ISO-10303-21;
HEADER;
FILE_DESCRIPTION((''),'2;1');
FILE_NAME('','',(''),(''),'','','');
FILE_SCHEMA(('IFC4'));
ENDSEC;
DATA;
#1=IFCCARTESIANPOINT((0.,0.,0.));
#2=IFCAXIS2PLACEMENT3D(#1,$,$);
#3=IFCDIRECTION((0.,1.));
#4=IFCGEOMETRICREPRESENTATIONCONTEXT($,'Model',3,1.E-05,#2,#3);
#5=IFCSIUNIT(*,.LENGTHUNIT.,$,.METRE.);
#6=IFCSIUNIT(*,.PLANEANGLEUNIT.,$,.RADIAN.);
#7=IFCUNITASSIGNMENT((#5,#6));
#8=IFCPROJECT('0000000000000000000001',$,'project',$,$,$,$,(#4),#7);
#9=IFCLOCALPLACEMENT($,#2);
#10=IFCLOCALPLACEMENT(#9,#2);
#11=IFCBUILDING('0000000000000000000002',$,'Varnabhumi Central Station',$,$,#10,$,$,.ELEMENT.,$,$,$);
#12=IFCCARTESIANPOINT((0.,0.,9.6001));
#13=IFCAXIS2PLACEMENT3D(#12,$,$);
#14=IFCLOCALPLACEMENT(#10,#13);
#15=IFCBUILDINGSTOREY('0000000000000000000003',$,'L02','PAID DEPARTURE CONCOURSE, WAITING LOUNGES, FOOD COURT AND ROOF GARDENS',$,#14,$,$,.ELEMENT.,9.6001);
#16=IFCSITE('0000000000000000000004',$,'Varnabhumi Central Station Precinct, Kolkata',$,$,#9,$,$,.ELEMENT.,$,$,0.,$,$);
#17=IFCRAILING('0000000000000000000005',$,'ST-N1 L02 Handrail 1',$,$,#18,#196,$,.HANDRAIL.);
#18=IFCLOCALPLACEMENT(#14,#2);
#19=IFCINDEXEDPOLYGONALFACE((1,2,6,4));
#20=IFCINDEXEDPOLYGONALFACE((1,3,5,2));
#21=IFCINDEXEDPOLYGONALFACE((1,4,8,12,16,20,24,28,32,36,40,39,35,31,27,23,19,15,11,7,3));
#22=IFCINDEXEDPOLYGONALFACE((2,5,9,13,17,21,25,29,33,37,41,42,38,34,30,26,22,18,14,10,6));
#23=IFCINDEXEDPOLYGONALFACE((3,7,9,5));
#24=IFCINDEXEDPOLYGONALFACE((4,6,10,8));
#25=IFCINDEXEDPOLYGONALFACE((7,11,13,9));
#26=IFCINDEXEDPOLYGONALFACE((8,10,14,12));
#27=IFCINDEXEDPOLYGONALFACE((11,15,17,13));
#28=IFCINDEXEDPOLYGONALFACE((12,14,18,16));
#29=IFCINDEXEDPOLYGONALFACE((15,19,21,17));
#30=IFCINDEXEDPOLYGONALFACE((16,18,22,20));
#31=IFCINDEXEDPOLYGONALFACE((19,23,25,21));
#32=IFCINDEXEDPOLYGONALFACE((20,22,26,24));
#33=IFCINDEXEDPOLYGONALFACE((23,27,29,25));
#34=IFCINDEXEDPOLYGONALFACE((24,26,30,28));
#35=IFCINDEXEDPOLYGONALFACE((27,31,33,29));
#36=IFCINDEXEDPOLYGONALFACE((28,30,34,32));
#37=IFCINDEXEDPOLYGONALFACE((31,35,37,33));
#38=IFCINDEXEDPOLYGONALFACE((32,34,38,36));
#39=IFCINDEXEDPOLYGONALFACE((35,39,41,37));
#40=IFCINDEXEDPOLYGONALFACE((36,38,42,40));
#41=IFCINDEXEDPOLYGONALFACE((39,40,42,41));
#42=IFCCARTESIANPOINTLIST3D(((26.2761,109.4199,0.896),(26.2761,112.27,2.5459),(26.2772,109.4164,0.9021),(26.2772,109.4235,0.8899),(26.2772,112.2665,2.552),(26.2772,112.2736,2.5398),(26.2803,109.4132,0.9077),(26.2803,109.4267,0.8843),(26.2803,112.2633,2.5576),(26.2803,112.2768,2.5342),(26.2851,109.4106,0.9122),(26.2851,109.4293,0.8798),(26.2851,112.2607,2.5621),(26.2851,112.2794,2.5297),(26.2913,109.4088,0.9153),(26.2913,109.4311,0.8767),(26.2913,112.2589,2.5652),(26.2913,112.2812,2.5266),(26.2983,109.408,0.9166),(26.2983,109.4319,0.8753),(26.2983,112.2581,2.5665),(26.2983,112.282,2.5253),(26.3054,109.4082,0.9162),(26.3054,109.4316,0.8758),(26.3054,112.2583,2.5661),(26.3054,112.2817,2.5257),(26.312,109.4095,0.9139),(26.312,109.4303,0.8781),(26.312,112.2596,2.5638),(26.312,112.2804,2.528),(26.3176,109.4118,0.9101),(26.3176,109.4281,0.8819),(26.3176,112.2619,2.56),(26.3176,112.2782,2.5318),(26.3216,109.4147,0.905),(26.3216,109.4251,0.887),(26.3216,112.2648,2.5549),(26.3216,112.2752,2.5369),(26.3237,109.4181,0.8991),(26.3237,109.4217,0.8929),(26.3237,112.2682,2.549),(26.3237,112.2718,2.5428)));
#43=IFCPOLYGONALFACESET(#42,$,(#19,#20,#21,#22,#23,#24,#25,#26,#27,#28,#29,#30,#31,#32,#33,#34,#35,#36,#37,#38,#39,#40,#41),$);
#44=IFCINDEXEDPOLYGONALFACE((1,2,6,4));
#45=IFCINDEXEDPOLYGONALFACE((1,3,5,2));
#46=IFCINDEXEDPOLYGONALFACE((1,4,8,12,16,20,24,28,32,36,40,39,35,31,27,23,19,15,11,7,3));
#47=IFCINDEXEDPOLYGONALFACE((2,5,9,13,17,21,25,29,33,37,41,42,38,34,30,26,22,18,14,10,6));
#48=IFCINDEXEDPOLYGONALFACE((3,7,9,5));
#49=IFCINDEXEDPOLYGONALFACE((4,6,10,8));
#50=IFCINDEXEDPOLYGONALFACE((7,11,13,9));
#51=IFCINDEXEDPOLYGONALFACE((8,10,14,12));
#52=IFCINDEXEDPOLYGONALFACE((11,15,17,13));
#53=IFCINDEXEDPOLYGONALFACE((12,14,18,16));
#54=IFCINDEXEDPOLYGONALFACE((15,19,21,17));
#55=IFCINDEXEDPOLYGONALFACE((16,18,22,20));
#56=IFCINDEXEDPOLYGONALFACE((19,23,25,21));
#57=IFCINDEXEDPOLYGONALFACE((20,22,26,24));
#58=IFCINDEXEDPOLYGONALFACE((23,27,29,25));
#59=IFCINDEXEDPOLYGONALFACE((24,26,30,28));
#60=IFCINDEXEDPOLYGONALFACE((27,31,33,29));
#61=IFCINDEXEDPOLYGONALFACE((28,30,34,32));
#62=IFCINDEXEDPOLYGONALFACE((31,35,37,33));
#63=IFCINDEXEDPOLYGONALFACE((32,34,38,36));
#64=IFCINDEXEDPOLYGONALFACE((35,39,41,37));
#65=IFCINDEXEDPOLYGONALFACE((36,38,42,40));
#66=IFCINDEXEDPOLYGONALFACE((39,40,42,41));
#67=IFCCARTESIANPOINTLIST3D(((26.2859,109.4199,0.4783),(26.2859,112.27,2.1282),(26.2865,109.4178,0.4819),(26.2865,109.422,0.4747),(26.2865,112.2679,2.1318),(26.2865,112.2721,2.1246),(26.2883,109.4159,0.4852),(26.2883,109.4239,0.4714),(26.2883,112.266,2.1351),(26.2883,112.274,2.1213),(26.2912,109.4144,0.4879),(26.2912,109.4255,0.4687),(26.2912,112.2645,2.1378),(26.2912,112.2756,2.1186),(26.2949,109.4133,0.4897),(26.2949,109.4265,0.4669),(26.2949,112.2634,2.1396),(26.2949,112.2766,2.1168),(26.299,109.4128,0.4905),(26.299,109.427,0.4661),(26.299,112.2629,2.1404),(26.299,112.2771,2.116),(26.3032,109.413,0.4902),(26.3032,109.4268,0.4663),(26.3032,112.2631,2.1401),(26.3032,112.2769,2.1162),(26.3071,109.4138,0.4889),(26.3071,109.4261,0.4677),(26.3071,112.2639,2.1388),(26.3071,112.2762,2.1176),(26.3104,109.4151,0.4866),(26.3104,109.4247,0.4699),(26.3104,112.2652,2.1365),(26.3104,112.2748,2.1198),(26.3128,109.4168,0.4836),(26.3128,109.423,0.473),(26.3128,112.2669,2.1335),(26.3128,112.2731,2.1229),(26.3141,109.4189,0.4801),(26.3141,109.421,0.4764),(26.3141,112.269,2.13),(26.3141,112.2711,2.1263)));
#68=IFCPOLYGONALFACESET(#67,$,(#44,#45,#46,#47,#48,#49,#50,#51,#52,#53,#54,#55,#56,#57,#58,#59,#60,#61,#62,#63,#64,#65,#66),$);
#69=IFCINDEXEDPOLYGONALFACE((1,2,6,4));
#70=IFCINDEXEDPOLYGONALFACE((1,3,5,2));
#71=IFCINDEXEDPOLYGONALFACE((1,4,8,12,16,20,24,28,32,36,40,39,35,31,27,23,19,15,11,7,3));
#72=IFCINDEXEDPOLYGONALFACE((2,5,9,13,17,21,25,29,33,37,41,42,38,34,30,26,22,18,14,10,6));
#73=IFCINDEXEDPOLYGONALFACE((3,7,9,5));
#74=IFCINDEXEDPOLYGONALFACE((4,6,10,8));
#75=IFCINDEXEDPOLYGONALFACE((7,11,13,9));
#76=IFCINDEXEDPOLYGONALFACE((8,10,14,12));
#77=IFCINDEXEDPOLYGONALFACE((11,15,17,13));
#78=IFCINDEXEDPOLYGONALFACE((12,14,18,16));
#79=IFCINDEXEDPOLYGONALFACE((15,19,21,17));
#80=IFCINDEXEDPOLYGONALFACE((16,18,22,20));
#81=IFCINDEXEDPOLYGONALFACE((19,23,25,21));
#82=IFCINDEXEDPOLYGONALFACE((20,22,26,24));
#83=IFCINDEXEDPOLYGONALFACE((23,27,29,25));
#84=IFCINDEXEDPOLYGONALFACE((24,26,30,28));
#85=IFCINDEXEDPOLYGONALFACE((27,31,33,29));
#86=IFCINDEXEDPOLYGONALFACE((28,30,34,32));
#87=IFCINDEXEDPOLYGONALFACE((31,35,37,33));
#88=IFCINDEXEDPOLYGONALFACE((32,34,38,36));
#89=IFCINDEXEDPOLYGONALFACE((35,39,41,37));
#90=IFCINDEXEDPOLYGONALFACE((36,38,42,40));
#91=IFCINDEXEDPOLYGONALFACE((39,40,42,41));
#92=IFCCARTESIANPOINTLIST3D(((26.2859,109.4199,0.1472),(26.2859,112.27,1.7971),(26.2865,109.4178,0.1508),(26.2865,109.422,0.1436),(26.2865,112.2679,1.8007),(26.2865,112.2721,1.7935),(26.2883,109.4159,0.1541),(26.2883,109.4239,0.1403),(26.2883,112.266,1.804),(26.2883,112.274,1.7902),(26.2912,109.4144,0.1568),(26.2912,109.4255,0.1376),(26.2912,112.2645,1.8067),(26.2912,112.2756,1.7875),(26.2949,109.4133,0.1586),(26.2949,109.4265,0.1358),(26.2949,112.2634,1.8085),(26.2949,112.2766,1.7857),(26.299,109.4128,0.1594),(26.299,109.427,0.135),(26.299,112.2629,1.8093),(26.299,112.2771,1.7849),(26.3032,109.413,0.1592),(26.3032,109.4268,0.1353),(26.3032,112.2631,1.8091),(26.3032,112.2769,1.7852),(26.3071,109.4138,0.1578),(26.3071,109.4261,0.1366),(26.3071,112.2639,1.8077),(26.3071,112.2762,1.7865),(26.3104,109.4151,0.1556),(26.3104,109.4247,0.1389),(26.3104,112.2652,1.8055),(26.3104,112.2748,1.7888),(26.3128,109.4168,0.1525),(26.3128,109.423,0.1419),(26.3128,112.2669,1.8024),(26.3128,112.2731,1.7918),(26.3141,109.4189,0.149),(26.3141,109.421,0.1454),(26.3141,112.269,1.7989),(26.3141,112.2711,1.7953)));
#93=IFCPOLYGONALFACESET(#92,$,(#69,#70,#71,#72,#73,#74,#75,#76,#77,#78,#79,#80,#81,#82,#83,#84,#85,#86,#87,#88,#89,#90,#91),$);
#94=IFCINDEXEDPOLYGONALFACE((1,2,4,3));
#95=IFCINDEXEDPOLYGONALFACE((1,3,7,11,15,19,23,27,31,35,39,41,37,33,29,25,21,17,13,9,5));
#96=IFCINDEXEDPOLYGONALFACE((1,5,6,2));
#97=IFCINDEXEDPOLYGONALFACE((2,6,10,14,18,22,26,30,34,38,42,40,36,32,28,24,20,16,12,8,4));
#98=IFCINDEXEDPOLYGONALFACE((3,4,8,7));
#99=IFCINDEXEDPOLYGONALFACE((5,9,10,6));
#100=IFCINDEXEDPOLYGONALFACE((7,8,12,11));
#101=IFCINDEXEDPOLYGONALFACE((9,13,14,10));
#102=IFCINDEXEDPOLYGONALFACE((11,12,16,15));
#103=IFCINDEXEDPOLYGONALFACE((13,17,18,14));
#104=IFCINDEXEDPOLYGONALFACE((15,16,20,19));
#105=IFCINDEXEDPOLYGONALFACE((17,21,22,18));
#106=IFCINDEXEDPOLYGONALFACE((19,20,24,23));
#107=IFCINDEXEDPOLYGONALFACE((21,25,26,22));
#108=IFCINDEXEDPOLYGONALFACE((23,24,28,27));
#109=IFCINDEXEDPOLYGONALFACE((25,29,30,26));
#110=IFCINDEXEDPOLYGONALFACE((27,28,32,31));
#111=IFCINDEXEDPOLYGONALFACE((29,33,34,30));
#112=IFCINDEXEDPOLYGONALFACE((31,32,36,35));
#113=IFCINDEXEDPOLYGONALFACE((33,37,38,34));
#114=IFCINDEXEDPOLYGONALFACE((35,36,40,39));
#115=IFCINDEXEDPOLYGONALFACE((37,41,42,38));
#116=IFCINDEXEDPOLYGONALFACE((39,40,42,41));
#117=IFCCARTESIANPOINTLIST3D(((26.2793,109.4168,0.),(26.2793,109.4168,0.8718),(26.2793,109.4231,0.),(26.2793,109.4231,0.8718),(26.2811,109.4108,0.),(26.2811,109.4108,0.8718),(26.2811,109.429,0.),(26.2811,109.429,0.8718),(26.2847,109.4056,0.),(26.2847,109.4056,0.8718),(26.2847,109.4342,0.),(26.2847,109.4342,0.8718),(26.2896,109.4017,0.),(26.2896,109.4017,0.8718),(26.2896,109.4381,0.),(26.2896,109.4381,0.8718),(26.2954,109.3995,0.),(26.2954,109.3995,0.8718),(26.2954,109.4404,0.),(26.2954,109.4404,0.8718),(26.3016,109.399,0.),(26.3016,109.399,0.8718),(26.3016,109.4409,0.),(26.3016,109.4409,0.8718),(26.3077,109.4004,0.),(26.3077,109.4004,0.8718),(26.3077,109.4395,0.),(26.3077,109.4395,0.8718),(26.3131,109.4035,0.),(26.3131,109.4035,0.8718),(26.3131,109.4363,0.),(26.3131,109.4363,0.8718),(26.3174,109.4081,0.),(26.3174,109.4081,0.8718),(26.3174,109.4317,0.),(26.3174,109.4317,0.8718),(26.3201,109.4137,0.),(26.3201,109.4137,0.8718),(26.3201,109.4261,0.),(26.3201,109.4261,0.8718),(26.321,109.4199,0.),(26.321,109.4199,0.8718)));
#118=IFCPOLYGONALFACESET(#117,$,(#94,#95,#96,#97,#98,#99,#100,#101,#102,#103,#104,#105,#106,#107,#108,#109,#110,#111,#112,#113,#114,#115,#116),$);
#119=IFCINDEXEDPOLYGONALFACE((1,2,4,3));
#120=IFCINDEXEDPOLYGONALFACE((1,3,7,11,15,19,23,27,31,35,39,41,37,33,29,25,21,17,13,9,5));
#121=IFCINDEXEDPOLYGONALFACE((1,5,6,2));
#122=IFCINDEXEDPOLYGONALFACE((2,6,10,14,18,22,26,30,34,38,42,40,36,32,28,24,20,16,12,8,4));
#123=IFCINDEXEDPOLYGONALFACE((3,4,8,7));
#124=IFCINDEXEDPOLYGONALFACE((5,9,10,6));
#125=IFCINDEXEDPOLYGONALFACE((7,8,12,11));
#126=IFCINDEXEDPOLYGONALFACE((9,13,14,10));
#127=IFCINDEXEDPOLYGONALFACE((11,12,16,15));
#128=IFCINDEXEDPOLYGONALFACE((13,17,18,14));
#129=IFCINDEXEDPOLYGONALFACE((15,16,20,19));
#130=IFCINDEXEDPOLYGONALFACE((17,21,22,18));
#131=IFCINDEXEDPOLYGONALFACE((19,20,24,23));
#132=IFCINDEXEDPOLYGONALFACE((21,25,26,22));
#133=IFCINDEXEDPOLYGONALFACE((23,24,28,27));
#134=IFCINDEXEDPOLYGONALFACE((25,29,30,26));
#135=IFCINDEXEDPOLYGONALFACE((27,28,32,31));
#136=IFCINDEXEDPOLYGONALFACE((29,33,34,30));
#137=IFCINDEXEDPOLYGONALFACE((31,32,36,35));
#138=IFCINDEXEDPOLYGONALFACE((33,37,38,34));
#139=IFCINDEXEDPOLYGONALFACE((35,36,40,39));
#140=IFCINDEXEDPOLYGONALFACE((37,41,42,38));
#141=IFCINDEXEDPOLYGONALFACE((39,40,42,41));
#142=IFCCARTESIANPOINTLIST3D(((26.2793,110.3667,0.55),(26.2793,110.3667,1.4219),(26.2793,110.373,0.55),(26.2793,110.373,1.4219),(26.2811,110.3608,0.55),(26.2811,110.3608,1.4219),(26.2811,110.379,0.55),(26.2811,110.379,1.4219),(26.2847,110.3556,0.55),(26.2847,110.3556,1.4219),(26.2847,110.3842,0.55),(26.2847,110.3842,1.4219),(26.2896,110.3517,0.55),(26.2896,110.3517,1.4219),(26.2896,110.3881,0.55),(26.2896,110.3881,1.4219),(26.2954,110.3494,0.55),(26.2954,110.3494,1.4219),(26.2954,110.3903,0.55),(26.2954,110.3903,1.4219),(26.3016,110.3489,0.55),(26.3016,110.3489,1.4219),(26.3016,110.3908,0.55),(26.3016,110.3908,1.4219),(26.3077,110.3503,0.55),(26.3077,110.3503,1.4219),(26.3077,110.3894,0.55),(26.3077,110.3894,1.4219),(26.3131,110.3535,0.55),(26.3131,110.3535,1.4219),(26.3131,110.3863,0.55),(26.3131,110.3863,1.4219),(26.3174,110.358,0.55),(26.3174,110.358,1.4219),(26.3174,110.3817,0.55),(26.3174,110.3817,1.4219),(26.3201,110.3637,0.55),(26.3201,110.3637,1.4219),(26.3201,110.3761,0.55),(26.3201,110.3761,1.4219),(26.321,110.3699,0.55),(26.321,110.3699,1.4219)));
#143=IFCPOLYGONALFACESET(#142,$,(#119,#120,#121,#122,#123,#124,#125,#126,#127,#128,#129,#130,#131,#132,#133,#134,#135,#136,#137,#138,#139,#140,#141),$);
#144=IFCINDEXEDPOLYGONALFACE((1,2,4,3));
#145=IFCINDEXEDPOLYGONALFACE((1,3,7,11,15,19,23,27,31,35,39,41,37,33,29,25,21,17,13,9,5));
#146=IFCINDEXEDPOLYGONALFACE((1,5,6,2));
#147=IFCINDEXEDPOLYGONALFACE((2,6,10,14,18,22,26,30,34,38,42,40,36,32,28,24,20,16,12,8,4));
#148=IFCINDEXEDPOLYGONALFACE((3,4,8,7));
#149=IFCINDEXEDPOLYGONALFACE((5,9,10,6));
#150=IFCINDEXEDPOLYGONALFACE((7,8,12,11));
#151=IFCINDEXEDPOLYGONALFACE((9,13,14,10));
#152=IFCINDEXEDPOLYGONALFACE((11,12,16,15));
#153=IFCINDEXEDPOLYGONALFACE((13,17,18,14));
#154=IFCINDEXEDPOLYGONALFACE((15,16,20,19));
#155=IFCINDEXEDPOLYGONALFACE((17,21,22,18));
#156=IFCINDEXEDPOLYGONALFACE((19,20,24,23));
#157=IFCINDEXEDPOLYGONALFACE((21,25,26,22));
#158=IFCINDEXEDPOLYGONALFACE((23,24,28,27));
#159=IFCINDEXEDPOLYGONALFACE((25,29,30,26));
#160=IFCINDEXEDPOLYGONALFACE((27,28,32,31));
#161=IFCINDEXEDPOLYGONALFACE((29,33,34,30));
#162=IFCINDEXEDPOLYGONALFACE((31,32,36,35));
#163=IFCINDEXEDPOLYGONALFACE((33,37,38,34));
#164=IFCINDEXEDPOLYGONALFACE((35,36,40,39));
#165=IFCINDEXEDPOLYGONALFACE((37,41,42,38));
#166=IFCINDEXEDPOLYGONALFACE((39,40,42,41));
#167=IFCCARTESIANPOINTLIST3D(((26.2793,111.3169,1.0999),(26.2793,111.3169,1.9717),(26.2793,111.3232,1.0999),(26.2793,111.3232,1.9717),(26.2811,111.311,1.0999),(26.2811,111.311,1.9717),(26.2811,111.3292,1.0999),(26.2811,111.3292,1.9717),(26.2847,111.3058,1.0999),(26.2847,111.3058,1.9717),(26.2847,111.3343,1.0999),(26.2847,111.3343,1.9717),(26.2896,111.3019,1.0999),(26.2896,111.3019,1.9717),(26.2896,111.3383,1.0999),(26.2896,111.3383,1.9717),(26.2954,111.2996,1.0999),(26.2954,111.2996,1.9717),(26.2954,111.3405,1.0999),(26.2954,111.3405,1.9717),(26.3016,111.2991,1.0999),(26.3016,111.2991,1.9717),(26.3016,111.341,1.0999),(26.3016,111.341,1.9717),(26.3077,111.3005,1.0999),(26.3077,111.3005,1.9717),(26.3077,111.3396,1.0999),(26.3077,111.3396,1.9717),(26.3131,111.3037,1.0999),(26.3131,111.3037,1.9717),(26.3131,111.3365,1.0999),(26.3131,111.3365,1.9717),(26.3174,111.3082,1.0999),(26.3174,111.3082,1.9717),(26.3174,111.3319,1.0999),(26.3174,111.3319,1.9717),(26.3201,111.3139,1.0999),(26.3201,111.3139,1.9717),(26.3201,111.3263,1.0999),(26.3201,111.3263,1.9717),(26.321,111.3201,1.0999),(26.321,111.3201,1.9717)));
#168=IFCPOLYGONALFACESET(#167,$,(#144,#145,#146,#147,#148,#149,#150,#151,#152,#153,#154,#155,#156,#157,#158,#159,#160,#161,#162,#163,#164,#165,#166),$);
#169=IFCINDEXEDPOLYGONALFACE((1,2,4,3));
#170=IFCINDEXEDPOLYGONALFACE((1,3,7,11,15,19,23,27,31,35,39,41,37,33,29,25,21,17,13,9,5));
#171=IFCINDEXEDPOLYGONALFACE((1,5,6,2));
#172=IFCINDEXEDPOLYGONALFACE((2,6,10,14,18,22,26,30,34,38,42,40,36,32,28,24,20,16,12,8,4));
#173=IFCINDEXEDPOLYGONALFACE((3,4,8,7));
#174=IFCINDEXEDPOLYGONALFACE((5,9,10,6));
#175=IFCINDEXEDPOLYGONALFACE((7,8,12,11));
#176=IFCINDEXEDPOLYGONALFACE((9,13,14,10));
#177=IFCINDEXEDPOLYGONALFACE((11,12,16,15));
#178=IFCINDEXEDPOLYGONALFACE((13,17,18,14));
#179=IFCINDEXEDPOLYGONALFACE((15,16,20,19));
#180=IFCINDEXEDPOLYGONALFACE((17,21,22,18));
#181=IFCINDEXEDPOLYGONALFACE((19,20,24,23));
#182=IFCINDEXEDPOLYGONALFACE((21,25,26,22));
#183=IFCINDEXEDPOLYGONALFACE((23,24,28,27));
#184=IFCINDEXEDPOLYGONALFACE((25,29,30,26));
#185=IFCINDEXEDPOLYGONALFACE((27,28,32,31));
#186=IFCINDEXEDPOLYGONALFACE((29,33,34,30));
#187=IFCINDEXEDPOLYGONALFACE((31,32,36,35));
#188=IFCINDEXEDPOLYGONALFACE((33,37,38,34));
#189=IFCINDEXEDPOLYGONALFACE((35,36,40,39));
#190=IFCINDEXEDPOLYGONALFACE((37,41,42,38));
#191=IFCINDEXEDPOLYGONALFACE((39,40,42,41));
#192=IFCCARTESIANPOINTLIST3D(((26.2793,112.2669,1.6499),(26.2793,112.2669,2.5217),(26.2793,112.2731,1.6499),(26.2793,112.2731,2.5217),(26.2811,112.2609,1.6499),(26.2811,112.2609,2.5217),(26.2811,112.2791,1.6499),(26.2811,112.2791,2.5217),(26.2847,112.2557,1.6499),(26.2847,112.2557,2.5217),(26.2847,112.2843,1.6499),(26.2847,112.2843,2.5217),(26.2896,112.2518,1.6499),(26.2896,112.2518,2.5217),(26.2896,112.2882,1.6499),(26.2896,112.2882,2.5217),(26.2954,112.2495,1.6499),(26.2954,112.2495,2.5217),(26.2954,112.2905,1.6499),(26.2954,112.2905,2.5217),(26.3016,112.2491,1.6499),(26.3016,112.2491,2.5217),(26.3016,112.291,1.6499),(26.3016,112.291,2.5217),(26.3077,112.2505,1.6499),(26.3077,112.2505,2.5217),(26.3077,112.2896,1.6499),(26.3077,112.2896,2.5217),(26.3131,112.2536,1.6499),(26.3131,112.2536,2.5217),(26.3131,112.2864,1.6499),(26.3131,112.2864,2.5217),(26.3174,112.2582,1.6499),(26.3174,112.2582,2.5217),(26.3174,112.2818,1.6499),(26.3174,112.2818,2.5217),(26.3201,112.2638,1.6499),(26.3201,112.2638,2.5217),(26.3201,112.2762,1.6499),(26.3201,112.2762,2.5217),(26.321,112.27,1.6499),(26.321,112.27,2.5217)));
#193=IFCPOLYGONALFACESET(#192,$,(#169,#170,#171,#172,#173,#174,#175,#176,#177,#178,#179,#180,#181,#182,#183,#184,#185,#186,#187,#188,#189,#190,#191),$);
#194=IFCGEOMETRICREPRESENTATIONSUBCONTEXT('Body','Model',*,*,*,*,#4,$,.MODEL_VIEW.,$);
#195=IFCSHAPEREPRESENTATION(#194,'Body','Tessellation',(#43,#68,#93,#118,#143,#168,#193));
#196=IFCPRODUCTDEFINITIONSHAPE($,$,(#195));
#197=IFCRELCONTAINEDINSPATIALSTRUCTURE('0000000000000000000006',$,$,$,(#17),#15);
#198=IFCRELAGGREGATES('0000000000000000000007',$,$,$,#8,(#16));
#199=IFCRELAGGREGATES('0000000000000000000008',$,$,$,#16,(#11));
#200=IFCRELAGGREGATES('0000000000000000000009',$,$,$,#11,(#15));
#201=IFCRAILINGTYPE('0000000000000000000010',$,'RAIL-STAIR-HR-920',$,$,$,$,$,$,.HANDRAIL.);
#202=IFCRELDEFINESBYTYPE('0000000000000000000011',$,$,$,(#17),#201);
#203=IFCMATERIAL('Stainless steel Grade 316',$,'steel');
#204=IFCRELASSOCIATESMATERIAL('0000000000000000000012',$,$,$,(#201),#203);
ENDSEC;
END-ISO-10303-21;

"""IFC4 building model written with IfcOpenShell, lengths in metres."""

from ifc_helpers import new_model, si_unit, direction, frame, origin, origin_2d, place, context, subcontext, project, spatial, circle, extrude, material, type_object, element, save


model = new_model("IFC4")

# Units and contexts
model_context = context("Model", 3, precision=1e-05, world=origin(), true_north=direction((0.0, 1.0)))
body_context = subcontext(model_context, "Body", "Model", "MODEL_VIEW")
ifc_project = project(units=[si_unit("LENGTHUNIT", "METRE"), si_unit("PLANEANGLEUNIT", "RADIAN")], contexts=[model_context])

# Site, building, storey
site_placement = place(None, origin())
site = spatial("IfcSite", under=ifc_project, at=site_placement, Name="Varnabhumi Central Station Precinct, Kolkata", CompositionType="ELEMENT", RefElevation=0.0)
building_placement = place(site_placement, origin())
building = spatial("IfcBuilding", under=site, at=building_placement, Name="Varnabhumi Central Station", CompositionType="ELEMENT")
storey_placement = place(building_placement, frame((0.0, 0.0, 9.6001)))
storey = spatial("IfcBuildingStorey", under=building, at=storey_placement, Name="L02", Description="PAID DEPARTURE CONCOURSE, WAITING LOUNGES, FOOD COURT AND ROOF GARDENS", CompositionType="ELEMENT", Elevation=9.6001)

# Shared definitions
ifc_material_1 = material(Name="Stainless steel Grade 316", Category="steel")

# Railing
railing_type_1 = type_object("IfcRailingType", Name="RAIL-STAIR-HR-920", PredefinedType="HANDRAIL", material=ifc_material_1)
railing_1_placement = place(storey_placement, frame((26.3, 109.4199, 0.0)))
element("IfcRailing", 1, at=railing_1_placement, inside=storey, type_object=railing_type_1, Name="ST-N1 L02 Handrail 1", PredefinedType="HANDRAIL", context=body_context, shape_type="SweptSolid", body=[
    extrude(circle(Radius=0.0239, at=origin_2d()), frame((0.0, 0.0, 0.896), z_axis=(0.0, 0.865447, 0.501001), x_axis=(-1.0, 0.0, 0.0)), (0.0, 0.0, 1.0), 3.2932),
    extrude(circle(Radius=0.0142, at=origin_2d()), frame((0.0, 0.0, 0.4783), z_axis=(0.0, 0.865447, 0.501001), x_axis=(-1.0, 0.0, 0.0)), (0.0, 0.0, 1.0), 3.2932),
    extrude(circle(Radius=0.0142, at=origin_2d()), frame((0.0, 0.0, 0.1472), z_axis=(0.0, 0.865447, 0.501001), x_axis=(-1.0, 0.0, 0.0)), (0.0, 0.0, 1.0), 3.2932),
    extrude(circle(Radius=0.021, at=origin_2d()), origin(), (0.0, 0.0, 1.0), 0.8718),
    extrude(circle(Radius=0.021, at=origin_2d()), frame((0.0, 0.95, 0.55)), (0.0, 0.0, 1.0), 0.8718),
    extrude(circle(Radius=0.021, at=origin_2d()), frame((0.0, 1.9001, 1.0999)), (0.0, 0.0, 1.0), 0.8718),
    extrude(circle(Radius=0.021, at=origin_2d()), frame((0.0, 2.8501, 1.6499)), (0.0, 0.0, 1.0), 0.8718),
])

save(model, "model.ifc")
